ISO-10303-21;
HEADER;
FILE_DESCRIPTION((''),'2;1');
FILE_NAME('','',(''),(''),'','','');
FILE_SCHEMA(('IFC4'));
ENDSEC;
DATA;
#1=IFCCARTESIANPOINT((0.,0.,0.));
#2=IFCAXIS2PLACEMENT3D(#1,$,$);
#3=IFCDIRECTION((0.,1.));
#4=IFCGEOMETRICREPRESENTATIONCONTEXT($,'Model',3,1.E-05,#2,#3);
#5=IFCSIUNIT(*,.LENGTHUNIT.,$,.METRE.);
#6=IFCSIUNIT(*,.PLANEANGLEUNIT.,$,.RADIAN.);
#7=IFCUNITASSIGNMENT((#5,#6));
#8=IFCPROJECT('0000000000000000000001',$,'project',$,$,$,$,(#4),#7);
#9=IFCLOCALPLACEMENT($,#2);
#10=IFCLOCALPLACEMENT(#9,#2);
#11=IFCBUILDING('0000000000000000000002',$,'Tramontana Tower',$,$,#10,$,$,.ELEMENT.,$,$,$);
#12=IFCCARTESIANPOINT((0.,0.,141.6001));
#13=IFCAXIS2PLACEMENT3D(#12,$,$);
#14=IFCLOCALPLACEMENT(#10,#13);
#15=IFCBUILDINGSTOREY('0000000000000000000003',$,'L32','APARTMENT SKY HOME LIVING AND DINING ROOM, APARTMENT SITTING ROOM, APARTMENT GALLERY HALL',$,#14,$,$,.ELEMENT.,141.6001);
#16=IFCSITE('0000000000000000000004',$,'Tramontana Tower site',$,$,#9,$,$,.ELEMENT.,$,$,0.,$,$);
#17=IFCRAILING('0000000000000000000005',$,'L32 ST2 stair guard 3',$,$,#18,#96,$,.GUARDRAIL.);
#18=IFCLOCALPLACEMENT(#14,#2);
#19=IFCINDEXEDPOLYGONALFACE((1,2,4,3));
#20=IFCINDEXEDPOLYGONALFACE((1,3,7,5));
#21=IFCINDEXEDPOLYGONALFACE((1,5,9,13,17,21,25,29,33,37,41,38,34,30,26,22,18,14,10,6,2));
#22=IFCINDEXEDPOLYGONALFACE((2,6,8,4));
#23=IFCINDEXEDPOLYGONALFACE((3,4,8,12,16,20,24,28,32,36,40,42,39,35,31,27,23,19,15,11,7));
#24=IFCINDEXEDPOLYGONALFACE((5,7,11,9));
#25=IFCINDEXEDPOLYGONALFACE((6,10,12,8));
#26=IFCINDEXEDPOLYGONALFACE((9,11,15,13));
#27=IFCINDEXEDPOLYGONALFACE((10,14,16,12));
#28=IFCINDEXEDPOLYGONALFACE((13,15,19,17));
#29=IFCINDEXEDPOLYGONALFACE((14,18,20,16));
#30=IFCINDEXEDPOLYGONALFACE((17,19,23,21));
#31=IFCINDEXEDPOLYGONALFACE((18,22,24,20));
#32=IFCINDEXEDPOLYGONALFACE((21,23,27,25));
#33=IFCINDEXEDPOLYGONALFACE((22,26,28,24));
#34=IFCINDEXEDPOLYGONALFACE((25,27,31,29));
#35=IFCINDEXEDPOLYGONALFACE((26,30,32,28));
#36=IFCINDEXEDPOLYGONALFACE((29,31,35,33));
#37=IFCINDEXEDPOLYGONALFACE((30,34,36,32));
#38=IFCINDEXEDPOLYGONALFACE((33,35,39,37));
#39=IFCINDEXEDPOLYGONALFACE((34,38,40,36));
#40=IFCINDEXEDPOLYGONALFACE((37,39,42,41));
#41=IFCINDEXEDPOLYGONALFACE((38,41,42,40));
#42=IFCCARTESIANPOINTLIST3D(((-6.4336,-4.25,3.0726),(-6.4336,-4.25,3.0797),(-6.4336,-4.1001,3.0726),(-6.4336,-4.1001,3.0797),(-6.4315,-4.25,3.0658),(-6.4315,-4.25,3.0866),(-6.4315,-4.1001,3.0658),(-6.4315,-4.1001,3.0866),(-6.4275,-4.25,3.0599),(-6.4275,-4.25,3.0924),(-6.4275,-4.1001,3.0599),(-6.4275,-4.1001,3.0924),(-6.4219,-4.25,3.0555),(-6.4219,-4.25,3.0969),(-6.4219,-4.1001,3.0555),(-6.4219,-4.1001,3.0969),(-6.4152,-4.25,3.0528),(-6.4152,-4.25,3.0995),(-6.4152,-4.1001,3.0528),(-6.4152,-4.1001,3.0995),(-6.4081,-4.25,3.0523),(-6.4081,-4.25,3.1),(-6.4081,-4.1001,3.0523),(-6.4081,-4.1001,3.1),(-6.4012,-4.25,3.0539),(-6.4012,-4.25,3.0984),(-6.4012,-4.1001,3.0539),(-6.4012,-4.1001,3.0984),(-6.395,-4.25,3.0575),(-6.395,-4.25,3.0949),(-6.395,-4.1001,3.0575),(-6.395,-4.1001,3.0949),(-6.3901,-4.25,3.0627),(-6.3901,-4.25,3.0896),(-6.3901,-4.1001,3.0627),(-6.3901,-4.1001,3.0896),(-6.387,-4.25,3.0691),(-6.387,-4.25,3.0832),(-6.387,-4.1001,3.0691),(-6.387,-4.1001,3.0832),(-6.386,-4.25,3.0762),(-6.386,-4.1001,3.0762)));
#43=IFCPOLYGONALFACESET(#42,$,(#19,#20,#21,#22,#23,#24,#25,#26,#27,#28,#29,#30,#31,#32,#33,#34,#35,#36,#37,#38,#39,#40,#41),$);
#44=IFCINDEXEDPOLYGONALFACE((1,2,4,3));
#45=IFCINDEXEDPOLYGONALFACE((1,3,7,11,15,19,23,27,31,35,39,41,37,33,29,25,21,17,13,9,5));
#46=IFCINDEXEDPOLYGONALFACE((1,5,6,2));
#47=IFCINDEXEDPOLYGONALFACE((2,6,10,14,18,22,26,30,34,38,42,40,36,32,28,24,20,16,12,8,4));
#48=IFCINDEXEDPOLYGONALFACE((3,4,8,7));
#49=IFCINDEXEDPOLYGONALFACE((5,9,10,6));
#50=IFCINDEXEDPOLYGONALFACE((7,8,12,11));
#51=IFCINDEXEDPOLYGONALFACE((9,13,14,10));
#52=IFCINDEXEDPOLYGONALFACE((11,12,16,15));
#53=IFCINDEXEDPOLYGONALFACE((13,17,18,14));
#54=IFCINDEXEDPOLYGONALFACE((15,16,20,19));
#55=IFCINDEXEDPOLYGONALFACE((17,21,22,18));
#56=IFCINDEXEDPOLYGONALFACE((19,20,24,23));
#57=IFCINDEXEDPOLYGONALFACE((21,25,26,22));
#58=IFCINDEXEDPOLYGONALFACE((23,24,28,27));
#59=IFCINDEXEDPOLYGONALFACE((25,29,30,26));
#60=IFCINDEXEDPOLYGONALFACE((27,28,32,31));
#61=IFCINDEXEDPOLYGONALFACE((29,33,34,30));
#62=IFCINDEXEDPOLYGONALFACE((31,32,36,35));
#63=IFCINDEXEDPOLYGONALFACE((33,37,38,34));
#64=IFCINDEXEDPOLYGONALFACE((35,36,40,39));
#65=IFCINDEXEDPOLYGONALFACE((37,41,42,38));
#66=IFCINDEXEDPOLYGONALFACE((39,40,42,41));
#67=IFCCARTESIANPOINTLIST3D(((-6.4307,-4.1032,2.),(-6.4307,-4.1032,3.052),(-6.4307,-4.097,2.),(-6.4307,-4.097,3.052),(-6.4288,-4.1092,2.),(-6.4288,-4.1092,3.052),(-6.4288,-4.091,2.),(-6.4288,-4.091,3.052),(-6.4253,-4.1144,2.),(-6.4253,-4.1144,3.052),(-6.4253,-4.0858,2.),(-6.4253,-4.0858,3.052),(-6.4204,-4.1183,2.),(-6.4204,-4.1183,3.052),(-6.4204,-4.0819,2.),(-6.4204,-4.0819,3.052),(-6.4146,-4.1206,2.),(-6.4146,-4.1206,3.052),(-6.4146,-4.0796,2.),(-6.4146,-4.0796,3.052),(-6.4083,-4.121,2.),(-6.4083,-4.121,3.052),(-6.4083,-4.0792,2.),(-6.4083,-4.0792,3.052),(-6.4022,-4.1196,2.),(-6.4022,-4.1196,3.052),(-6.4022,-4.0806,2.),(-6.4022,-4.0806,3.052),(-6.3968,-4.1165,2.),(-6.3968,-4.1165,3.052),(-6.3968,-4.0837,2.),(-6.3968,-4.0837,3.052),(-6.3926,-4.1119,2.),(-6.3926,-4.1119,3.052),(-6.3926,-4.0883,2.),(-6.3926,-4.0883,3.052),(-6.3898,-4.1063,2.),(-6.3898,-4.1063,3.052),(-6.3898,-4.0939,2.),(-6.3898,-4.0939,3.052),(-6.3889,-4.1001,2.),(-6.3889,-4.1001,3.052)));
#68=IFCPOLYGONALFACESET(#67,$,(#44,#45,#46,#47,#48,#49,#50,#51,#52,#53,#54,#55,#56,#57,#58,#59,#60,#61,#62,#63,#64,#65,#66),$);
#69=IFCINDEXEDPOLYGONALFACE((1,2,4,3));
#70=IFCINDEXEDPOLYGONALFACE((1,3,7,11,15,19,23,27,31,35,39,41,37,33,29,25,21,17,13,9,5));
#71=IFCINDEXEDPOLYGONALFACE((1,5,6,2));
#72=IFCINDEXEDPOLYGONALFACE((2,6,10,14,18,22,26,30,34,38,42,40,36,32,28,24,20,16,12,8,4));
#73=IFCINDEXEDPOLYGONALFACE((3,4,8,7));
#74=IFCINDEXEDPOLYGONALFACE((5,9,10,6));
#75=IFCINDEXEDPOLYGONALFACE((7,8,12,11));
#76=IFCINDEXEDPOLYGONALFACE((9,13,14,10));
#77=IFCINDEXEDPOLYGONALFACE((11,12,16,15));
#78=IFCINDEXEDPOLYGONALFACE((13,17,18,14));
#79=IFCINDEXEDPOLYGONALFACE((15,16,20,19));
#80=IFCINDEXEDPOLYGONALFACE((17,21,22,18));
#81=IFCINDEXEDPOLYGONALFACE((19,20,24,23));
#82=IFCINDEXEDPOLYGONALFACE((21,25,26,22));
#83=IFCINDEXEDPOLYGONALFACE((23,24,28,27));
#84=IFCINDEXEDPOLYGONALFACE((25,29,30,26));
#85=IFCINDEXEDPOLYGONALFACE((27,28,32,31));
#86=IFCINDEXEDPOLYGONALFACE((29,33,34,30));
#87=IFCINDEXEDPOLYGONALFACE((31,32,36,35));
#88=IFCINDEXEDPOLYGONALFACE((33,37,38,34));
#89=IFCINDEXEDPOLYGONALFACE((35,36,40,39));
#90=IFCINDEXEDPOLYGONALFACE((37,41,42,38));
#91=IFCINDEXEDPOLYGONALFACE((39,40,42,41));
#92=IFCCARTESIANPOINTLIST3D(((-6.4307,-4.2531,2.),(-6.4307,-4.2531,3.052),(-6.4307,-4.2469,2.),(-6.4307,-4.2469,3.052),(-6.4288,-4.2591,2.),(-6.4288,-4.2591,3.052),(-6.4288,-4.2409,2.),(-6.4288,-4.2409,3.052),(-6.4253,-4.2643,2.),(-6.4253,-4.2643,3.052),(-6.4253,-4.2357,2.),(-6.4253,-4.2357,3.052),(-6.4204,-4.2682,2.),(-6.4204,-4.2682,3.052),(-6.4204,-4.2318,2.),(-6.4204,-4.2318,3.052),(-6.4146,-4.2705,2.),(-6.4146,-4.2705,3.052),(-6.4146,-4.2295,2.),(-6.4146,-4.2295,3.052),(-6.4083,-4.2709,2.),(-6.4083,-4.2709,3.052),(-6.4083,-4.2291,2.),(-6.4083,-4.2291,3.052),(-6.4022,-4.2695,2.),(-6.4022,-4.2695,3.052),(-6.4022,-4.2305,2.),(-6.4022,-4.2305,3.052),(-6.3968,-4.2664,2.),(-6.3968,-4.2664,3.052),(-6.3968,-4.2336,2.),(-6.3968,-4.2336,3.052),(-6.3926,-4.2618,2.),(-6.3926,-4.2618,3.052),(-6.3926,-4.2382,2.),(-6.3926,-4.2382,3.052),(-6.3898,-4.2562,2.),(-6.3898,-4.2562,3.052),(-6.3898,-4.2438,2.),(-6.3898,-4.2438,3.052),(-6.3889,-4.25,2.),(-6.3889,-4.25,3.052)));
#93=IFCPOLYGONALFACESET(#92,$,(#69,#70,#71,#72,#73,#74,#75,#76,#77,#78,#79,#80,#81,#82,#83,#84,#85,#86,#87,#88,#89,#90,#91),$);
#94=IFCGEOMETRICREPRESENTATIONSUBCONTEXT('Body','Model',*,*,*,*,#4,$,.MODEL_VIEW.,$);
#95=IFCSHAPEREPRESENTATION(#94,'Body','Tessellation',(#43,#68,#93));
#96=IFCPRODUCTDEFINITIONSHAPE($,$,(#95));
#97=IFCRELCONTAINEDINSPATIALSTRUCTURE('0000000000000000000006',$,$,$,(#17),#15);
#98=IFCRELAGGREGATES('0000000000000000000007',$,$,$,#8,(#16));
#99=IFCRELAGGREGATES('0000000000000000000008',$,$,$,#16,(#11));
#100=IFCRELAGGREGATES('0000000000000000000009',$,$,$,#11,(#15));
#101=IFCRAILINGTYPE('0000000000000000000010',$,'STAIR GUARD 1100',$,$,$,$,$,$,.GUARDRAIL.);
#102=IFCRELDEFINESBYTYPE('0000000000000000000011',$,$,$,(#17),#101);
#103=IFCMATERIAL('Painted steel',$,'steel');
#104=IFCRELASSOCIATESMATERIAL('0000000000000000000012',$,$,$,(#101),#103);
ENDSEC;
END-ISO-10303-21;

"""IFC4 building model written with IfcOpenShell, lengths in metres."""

from ifc_helpers import new_model, si_unit, direction, frame, origin, origin_2d, place, context, subcontext, project, spatial, circle, extrude, material, type_object, element, save


model = new_model("IFC4")

# Units and contexts
model_context = context("Model", 3, precision=1e-05, world=origin(), true_north=direction((0.0, 1.0)))
body_context = subcontext(model_context, "Body", "Model", "MODEL_VIEW")
ifc_project = project(units=[si_unit("LENGTHUNIT", "METRE"), si_unit("PLANEANGLEUNIT", "RADIAN")], contexts=[model_context])

# Site, building, storey
site_placement = place(None, origin())
site = spatial("IfcSite", under=ifc_project, at=site_placement, Name="Tramontana Tower site", CompositionType="ELEMENT", RefElevation=0.0)
building_placement = place(site_placement, origin())
building = spatial("IfcBuilding", under=site, at=building_placement, Name="Tramontana Tower", CompositionType="ELEMENT")
storey_placement = place(building_placement, frame((0.0, 0.0, 141.6001)))
storey = spatial("IfcBuildingStorey", under=building, at=storey_placement, Name="L32", Description="APARTMENT SKY HOME LIVING AND DINING ROOM, APARTMENT SITTING ROOM, APARTMENT GALLERY HALL", CompositionType="ELEMENT", Elevation=141.6001)

# Railing
ifc_material_1 = material(Name="Painted steel", Category="steel")
railing_type_1 = type_object("IfcRailingType", Name="STAIR GUARD 1100", PredefinedType="GUARDRAIL", material=ifc_material_1)
railing_1_placement = place(storey_placement, frame((-6.4099, -4.1001, 2.0)))
element("IfcRailing", 1, at=railing_1_placement, inside=storey, type_object=railing_type_1, Name="L32 ST2 stair guard 3", PredefinedType="GUARDRAIL", context=body_context, shape_type="SweptSolid", body=[
    extrude(circle(Radius=0.0239, at=origin_2d()), frame((0.0, 0.0, 1.0762), z_axis=(0.0, -1.0, 0.0), x_axis=(1.0, 0.0, 0.0)), (0.0, 0.0, 1.0), 0.1499),
    extrude(circle(Radius=0.021, at=origin_2d()), origin(), (0.0, 0.0, 1.0), 1.052),
    extrude(circle(Radius=0.021, at=origin_2d()), frame((0.0, -0.1499, 0.0)), (0.0, 0.0, 1.0), 1.052),
])

save(model, "model.ifc")
